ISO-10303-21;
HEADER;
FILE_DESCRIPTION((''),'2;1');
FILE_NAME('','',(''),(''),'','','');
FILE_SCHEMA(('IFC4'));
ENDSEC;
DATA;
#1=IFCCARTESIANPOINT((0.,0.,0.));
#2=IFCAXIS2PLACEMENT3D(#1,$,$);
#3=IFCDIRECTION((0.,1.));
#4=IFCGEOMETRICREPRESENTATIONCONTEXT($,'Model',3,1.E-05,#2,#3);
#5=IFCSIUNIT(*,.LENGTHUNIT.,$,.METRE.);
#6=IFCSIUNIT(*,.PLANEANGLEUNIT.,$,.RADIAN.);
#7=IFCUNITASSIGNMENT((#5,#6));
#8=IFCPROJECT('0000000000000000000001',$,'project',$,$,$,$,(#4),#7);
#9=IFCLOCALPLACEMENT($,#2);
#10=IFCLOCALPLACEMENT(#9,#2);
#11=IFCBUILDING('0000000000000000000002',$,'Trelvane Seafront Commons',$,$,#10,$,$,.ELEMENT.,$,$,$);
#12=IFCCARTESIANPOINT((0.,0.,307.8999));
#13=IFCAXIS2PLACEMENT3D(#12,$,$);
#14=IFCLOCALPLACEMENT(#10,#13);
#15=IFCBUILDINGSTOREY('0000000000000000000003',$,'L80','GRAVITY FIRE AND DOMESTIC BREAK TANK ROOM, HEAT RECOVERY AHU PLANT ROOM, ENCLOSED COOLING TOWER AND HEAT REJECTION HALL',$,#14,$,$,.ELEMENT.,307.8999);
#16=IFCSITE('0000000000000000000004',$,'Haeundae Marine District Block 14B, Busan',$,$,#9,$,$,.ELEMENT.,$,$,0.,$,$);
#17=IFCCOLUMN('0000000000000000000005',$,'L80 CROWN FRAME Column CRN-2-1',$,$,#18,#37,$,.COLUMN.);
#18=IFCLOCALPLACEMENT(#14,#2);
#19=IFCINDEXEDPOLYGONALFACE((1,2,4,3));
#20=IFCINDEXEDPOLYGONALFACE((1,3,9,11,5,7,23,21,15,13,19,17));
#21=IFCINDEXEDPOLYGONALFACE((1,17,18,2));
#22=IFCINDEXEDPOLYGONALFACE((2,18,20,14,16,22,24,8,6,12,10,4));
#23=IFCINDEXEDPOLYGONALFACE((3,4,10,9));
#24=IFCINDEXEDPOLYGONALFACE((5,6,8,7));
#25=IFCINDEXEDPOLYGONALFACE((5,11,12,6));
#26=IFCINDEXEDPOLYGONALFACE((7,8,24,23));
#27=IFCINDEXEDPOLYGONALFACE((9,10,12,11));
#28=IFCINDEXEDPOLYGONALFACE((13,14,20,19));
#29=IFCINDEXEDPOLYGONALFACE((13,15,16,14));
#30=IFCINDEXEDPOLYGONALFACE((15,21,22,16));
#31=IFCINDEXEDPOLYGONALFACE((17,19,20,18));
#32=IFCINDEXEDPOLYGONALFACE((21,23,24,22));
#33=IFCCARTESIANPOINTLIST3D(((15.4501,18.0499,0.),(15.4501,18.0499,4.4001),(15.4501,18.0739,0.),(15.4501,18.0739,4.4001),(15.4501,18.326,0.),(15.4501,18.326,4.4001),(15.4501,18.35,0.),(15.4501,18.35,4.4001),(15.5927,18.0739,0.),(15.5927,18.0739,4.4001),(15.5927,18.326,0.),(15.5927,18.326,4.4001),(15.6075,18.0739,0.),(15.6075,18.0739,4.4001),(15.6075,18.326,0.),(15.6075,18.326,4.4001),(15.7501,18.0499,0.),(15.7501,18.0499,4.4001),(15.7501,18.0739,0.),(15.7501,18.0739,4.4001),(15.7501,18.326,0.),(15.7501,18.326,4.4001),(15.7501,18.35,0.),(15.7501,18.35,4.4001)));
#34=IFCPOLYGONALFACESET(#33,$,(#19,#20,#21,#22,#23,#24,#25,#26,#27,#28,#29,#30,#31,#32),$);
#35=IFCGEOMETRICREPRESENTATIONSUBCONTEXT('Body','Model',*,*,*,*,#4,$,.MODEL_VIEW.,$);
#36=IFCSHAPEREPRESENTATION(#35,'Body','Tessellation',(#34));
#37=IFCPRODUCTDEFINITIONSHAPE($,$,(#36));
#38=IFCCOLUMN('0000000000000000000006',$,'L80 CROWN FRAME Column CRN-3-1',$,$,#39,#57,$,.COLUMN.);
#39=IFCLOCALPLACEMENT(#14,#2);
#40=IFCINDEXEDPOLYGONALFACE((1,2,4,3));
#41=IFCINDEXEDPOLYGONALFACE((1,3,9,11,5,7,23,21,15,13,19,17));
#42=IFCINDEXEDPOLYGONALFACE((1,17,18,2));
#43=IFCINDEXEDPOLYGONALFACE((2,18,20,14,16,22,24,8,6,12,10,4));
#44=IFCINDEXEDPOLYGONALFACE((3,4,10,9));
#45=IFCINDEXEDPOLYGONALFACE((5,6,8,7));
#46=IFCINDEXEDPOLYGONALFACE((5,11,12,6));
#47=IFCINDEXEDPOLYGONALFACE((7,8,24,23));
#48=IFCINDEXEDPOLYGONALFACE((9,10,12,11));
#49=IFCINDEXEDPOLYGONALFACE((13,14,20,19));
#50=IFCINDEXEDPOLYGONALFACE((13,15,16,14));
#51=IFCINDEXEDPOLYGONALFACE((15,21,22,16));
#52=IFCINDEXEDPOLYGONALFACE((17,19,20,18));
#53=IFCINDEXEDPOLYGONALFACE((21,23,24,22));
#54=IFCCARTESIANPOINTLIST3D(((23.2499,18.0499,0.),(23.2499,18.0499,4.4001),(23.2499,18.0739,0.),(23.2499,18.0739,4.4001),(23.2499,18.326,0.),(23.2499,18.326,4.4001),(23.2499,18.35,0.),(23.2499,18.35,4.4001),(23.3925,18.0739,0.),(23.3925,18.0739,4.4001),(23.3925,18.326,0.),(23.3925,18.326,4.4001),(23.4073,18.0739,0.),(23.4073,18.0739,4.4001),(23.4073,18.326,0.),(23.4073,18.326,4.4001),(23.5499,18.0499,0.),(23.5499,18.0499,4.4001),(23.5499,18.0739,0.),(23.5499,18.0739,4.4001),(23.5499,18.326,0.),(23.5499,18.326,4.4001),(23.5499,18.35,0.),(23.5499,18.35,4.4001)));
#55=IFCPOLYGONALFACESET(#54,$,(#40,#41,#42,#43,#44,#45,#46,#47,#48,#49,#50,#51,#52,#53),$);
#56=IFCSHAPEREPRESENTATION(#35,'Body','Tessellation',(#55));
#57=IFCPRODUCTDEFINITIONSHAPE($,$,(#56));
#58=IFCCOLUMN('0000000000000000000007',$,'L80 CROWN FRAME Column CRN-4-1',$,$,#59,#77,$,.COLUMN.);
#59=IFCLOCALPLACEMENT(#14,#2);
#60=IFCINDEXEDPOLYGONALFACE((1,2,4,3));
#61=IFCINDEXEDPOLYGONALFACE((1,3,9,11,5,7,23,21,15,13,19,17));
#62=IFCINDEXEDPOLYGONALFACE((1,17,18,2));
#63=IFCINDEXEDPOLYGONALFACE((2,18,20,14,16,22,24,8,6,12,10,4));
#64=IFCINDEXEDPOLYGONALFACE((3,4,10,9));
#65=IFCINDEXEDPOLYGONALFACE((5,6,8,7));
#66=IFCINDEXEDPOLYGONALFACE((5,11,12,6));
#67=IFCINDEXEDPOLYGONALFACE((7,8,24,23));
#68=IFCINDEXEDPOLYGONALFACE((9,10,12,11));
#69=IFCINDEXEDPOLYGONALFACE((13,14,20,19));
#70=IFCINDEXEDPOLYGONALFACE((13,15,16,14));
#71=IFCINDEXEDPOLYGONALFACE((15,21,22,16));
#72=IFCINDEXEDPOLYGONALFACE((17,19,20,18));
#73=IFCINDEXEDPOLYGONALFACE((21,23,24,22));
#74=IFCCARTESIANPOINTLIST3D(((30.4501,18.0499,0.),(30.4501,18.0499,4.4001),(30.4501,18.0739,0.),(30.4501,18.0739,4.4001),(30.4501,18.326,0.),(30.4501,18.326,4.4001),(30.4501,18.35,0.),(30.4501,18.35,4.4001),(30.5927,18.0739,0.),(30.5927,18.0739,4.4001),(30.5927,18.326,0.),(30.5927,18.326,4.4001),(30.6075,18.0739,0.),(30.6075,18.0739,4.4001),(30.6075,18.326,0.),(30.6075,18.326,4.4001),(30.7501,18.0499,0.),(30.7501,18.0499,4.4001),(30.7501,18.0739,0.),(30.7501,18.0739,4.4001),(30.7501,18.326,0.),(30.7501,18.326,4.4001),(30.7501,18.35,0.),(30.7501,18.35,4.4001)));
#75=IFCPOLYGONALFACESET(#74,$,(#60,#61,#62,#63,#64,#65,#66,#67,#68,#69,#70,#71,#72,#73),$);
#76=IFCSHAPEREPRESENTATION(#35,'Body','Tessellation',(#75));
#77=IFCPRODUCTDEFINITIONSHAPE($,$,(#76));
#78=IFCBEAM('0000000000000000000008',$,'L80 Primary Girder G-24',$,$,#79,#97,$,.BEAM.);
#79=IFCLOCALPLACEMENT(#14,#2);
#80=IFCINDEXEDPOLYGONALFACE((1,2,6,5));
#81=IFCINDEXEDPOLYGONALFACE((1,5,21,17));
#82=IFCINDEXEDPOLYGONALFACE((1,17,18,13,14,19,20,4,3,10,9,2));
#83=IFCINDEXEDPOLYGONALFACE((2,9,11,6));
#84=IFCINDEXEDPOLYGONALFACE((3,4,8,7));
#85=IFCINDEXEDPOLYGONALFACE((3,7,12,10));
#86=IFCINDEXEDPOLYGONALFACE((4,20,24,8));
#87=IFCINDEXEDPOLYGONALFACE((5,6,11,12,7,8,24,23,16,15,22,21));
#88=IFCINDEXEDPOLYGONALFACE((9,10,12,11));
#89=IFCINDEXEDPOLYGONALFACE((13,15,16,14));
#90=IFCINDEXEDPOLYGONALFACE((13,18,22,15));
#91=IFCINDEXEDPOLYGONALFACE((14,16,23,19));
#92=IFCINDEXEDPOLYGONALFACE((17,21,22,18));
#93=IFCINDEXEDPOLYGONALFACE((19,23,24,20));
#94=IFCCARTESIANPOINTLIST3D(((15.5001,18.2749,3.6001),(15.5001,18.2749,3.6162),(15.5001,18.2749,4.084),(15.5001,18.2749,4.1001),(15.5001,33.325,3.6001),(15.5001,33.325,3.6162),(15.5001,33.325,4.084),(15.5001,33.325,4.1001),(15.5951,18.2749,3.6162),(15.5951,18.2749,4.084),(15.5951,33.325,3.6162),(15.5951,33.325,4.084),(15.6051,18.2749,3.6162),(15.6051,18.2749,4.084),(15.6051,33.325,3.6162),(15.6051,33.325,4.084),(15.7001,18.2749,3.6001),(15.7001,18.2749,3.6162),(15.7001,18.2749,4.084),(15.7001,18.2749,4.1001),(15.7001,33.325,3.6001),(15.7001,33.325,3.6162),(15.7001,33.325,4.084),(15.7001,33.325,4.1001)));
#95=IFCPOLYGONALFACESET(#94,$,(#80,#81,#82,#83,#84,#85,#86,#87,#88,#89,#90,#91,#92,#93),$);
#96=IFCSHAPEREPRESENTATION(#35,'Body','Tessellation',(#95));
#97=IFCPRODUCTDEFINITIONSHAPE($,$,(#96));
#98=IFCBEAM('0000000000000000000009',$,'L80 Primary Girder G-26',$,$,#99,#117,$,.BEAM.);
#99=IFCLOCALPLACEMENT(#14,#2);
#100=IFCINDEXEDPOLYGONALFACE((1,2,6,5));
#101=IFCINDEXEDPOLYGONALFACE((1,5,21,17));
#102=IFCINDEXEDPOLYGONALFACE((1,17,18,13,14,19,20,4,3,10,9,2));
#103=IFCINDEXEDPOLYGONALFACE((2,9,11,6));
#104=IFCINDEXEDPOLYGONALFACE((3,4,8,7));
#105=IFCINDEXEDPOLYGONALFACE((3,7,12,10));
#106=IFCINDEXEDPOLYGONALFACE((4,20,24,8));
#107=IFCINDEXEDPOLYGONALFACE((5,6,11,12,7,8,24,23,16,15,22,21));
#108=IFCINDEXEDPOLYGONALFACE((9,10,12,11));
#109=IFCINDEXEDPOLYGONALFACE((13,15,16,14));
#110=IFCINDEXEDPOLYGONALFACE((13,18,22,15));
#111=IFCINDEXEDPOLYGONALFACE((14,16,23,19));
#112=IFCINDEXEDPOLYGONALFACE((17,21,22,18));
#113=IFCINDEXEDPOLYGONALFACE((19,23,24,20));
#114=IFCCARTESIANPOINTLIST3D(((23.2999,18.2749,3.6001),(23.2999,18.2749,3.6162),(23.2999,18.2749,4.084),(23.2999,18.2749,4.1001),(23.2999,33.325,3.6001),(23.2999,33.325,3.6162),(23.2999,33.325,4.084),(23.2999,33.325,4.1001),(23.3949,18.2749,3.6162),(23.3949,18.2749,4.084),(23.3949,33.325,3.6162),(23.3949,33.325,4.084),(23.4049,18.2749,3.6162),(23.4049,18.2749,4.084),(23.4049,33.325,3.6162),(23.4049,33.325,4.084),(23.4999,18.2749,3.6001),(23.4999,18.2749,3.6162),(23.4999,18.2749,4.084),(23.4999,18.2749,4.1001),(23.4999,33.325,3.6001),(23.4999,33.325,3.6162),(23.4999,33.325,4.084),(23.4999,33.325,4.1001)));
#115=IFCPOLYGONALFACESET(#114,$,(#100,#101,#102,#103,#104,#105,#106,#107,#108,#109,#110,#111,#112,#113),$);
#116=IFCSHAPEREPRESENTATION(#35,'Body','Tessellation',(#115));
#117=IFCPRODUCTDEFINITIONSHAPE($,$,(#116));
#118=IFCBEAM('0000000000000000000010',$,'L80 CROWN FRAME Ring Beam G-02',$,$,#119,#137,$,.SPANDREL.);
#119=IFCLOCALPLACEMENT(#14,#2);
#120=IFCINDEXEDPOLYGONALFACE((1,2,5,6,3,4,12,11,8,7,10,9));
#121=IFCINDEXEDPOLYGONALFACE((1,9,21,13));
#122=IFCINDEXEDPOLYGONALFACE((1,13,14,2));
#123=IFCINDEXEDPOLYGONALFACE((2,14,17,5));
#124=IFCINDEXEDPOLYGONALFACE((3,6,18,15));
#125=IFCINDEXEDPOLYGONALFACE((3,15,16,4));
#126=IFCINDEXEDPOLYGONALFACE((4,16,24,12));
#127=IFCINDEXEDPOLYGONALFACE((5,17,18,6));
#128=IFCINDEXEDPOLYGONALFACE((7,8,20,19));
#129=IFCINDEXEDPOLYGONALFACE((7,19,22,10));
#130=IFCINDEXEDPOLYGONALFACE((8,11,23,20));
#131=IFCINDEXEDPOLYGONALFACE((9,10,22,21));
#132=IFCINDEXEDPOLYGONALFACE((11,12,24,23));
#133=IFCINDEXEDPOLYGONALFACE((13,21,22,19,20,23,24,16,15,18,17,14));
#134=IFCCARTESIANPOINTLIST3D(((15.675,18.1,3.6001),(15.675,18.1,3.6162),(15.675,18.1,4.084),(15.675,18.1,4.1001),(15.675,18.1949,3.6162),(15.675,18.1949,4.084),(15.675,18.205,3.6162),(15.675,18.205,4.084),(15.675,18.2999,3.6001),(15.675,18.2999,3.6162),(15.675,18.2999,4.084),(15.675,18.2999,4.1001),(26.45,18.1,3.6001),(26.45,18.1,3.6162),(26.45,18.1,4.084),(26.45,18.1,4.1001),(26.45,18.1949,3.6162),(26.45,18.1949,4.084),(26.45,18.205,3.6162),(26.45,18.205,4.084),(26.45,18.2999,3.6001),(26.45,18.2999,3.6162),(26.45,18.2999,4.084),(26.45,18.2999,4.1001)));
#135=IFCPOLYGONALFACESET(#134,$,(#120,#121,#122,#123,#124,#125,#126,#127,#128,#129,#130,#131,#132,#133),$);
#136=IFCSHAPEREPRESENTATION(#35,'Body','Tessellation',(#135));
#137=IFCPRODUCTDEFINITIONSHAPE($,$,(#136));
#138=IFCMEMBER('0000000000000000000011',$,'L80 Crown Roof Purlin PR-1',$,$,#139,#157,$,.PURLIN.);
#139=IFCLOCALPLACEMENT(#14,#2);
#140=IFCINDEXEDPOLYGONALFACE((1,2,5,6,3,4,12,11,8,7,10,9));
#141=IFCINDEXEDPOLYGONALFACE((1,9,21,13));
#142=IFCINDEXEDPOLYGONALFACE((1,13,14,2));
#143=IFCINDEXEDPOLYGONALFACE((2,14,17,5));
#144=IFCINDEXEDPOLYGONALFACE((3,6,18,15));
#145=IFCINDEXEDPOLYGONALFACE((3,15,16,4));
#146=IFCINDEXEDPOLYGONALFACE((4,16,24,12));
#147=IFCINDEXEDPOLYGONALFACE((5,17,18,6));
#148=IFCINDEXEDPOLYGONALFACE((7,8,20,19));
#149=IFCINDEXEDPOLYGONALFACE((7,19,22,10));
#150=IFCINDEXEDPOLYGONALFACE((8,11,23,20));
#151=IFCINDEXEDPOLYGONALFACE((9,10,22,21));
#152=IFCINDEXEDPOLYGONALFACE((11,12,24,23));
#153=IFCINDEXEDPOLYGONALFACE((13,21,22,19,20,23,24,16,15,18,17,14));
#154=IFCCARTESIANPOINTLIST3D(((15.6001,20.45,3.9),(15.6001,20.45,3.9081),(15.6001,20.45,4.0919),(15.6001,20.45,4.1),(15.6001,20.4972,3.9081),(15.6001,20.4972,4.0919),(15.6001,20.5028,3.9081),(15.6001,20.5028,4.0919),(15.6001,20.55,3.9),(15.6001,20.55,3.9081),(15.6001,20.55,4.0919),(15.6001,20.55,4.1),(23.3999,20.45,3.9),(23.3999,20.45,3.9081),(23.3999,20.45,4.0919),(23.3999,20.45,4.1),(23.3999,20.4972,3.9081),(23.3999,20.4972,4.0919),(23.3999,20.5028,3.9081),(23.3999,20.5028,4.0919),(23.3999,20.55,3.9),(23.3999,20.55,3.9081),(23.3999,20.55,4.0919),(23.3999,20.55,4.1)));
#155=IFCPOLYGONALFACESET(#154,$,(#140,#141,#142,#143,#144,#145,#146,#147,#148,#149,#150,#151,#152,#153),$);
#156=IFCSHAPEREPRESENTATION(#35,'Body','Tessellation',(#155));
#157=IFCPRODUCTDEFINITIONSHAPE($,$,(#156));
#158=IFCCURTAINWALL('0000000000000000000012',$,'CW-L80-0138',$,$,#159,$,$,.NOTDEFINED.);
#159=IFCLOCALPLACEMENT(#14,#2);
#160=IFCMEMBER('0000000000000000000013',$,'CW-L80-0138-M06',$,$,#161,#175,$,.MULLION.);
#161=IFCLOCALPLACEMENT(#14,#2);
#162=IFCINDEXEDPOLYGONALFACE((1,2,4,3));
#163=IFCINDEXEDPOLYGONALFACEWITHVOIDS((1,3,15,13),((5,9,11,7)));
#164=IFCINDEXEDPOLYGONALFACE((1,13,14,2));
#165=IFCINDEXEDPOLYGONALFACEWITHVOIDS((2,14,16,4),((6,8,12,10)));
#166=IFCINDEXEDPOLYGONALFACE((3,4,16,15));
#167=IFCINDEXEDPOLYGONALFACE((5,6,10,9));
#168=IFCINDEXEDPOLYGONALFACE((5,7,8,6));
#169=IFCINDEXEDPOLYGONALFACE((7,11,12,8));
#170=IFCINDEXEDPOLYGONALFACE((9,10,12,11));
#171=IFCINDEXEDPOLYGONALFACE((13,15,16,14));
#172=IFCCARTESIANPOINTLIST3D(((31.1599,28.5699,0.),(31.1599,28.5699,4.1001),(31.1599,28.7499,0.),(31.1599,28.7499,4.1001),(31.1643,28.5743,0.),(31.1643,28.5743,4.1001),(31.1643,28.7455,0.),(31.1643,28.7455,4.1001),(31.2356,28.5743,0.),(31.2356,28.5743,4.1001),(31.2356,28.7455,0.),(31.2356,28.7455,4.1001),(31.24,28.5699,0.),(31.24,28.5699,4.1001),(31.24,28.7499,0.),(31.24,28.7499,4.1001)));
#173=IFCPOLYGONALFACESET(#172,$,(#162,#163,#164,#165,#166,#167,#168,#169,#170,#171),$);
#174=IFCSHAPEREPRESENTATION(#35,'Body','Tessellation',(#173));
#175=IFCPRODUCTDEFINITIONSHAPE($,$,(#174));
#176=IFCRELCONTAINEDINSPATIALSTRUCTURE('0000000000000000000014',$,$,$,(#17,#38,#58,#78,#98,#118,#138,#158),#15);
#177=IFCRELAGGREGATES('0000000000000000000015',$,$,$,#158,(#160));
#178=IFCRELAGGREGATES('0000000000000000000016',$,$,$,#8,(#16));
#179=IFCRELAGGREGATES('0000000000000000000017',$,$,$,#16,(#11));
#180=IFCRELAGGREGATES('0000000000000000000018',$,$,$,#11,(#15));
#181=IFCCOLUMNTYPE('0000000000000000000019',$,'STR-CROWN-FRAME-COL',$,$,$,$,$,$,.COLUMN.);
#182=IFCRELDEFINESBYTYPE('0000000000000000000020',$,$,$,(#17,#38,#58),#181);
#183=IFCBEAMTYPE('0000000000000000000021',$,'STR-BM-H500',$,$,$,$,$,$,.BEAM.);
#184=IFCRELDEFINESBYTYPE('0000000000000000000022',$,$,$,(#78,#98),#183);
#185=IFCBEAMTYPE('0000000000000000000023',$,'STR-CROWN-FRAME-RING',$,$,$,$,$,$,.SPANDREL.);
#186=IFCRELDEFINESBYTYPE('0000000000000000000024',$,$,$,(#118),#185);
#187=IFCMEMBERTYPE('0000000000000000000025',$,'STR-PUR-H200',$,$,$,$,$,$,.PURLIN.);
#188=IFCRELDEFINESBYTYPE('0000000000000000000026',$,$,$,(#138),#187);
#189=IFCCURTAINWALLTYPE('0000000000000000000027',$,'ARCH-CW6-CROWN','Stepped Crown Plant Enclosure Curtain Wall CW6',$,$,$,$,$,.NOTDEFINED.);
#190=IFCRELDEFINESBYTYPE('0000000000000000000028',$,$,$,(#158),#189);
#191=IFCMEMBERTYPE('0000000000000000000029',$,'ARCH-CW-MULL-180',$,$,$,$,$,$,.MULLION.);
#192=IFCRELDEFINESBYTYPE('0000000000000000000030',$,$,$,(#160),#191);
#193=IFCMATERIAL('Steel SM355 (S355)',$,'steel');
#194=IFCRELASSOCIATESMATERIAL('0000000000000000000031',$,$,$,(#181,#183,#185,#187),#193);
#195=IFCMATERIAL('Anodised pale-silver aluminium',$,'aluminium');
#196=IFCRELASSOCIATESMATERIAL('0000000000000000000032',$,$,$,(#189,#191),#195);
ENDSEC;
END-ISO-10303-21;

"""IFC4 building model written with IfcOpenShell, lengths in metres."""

from ifc_helpers import new_model, si_unit, direction, frame, origin, origin_2d, place, context, subcontext, project, spatial, hollow_rectangle, i_section, extrude, source, transform, mapped, material, material_profile, profile_set, type_object, element, aggregate, save


model = new_model("IFC4")

# Units and contexts
model_context = context("Model", 3, precision=1e-05, world=origin(), true_north=direction((0.0, 1.0)))
body_context = subcontext(model_context, "Body", "Model", "MODEL_VIEW")
ifc_project = project(units=[si_unit("LENGTHUNIT", "METRE"), si_unit("PLANEANGLEUNIT", "RADIAN")], contexts=[model_context])

# Site, building, storey
site_placement = place(None, origin())
site = spatial("IfcSite", under=ifc_project, at=site_placement, Name="Haeundae Marine District Block 14B, Busan", CompositionType="ELEMENT", RefElevation=0.0)
building_placement = place(site_placement, origin())
building = spatial("IfcBuilding", under=site, at=building_placement, Name="Trelvane Seafront Commons", CompositionType="ELEMENT")
storey_placement = place(building_placement, frame((0.0, 0.0, 307.8999)))
storey = spatial("IfcBuildingStorey", under=building, at=storey_placement, Name="L80", Description="GRAVITY FIRE AND DOMESTIC BREAK TANK ROOM, HEAT RECOVERY AHU PLANT ROOM, ENCLOSED COOLING TOWER AND HEAT REJECTION HALL", CompositionType="ELEMENT", Elevation=307.8999)

# Columns
ifc_material_1 = material(Name="Steel SM355 (S355)", Category="steel")
ifc_material_profile_1 = material_profile(ifc_material_1, i_section(OverallWidth=0.3, OverallDepth=0.3, WebThickness=0.0149, FlangeThickness=0.0239, at=origin_2d()), Name="HD-300x300x15x24")
ifc_profile_set_1 = profile_set([ifc_material_profile_1], Name="Steel SM355 (S355)")
column_type = type_object("IfcColumnType", Name="STR-CROWN-FRAME-COL", PredefinedType="COLUMN", material=ifc_profile_set_1)
shared_shape_1 = source(origin(), body_context, "Body", "SweptSolid", [
    extrude(i_section(OverallWidth=0.3, OverallDepth=0.3, WebThickness=0.0149, FlangeThickness=0.0239, at=origin_2d()), origin(), (0.0, 0.0, 1.0), 4.4001),
])
for number, where, z_axis, x_axis, name in (
    (1, (15.6001, 18.2, 0.0), (0.0, 0.0, 1.0), (1.0, 0.0, 0.0), "L80 CROWN FRAME Column CRN-2-1"),
    (2, (23.3999, 18.2, 0.0), (0.0, 0.0, 1.0), (1.0, 0.0, 0.0), "L80 CROWN FRAME Column CRN-3-1"),
    (3, (30.6001, 18.2, 0.0), (0.0, 0.0, 1.0), (1.0, 0.0, 0.0), "L80 CROWN FRAME Column CRN-4-1"),
):
    element("IfcColumn", number, at=place(storey_placement, frame(where, z_axis=z_axis, x_axis=x_axis)), inside=storey, type_object=column_type, Name=name, PredefinedType="COLUMN", context=body_context, shape_type="MappedRepresentation", body=[
        mapped(shared_shape_1, transform((0.0, 0.0, 0.0), x_axis=(1.0, 0.0, 0.0), y_axis=(0.0, 1.0, 0.0), z_axis=(0.0, 0.0, 1.0), scale=1.0)),
    ])

# Beams
ifc_material_profile_2 = material_profile(ifc_material_1, i_section(OverallWidth=0.2, OverallDepth=0.5, WebThickness=0.01, FlangeThickness=0.0161, at=origin_2d()), Name="H-500x200x10x16")
ifc_profile_set_2 = profile_set([ifc_material_profile_2], Name="Steel SM355 (S355)")
beam_type_1 = type_object("IfcBeamType", Name="STR-BM-H500", PredefinedType="BEAM", material=ifc_profile_set_2)
shared_shape_2 = source(origin(), body_context, "Body", "SweptSolid", [
    extrude(i_section(OverallWidth=0.2, OverallDepth=0.5, WebThickness=0.01, FlangeThickness=0.0161, at=origin_2d()), origin(), (0.0, 0.0, 1.0), 15.05),
])
for number, where, z_axis, x_axis, name in (
    (4, (15.6001, 18.2749, 3.8501), (0.0, 1.0, 0.0), (-1.0, 0.0, 0.0), "L80 Primary Girder G-24"),
    (5, (23.3999, 18.2749, 3.8501), (0.0, 1.0, 0.0), (-1.0, 0.0, 0.0), "L80 Primary Girder G-26"),
):
    element("IfcBeam", number, at=place(storey_placement, frame(where, z_axis=z_axis, x_axis=x_axis)), inside=storey, type_object=beam_type_1, Name=name, PredefinedType="BEAM", context=body_context, shape_type="MappedRepresentation", body=[
        mapped(shared_shape_2, transform((0.0, 0.0, 0.0), x_axis=(1.0, 0.0, 0.0), y_axis=(0.0, 1.0, 0.0), z_axis=(0.0, 0.0, 1.0), scale=1.0)),
    ])
ifc_material_profile_3 = material_profile(ifc_material_1, i_section(OverallWidth=0.2, OverallDepth=0.5, WebThickness=0.01, FlangeThickness=0.0161, at=origin_2d()), Name="H-500x200x10x16")
ifc_profile_set_3 = profile_set([ifc_material_profile_3], Name="Steel SM355 (S355)")
beam_type_2 = type_object("IfcBeamType", Name="STR-CROWN-FRAME-RING", PredefinedType="SPANDREL", material=ifc_profile_set_3)
shared_shape_3 = source(origin(), body_context, "Body", "SweptSolid", [
    extrude(i_section(OverallWidth=0.2, OverallDepth=0.5, WebThickness=0.01, FlangeThickness=0.0161, at=origin_2d()), origin(), (0.0, 0.0, 1.0), 10.7749),
])
beam_placement = place(storey_placement, frame((15.675, 18.2, 3.8501), z_axis=(1.0, 0.0, 0.0), x_axis=(0.0, 1.0, 0.0)))
element("IfcBeam", 6, at=beam_placement, inside=storey, type_object=beam_type_2, Name="L80 CROWN FRAME Ring Beam G-02", PredefinedType="SPANDREL", context=body_context, shape_type="MappedRepresentation", body=[
    mapped(shared_shape_3, transform((0.0, 0.0, 0.0), x_axis=(1.0, 0.0, 0.0), y_axis=(0.0, 1.0, 0.0), z_axis=(0.0, 0.0, 1.0), scale=1.0)),
])

# Member
ifc_material_profile_4 = material_profile(ifc_material_1, i_section(OverallWidth=0.1001, OverallDepth=0.2, WebThickness=0.0056, FlangeThickness=0.0081, at=origin_2d()), Name="H-200x100x5.5x8")
ifc_profile_set_4 = profile_set([ifc_material_profile_4], Name="Steel SM355 (S355)")
member_type_1 = type_object("IfcMemberType", Name="STR-PUR-H200", PredefinedType="PURLIN", material=ifc_profile_set_4)
shared_shape_4 = source(origin(), body_context, "Body", "SweptSolid", [
    extrude(i_section(OverallWidth=0.1001, OverallDepth=0.2, WebThickness=0.0056, FlangeThickness=0.0081, at=origin_2d()), origin(), (0.0, 0.0, 1.0), 7.7998),
])
member_1_placement = place(storey_placement, frame((15.6001, 20.5, 4.0), z_axis=(1.0, 0.0, 0.0), x_axis=(0.0, 1.0, 0.0)))
element("IfcMember", 7, at=member_1_placement, inside=storey, type_object=member_type_1, Name="L80 Crown Roof Purlin PR-1", PredefinedType="PURLIN", context=body_context, shape_type="MappedRepresentation", body=[
    mapped(shared_shape_4, transform((0.0, 0.0, 0.0), x_axis=(1.0, 0.0, 0.0), y_axis=(0.0, 1.0, 0.0), z_axis=(0.0, 0.0, 1.0), scale=1.0)),
])

# Curtain wall, member
ifc_material_2 = material(Name="Anodised pale-silver aluminium", Category="aluminium")
curtain_wall_type = type_object("IfcCurtainWallType", Name="ARCH-CW6-CROWN", Description="Stepped Crown Plant Enclosure Curtain Wall CW6", PredefinedType="NOTDEFINED", material=ifc_material_2)
curtain_wall_placement = place(storey_placement, origin())
curtain_wall = element("IfcCurtainWall", 8, at=curtain_wall_placement, inside=storey, type_object=curtain_wall_type, Name="CW-L80-0138", PredefinedType="NOTDEFINED")
ifc_material_profile_5 = material_profile(ifc_material_2, hollow_rectangle(XDim=0.0801, YDim=0.1799, WallThickness=0.0044, at=origin_2d()), Name="MULL-80x180x4.5")
ifc_profile_set_5 = profile_set([ifc_material_profile_5], Name="Anodised pale-silver aluminium")
member_type_2 = type_object("IfcMemberType", Name="ARCH-CW-MULL-180", PredefinedType="MULLION", material=ifc_profile_set_5)
shared_shape_5 = source(origin(), body_context, "Body", "SweptSolid", [
    extrude(hollow_rectangle(XDim=0.0801, YDim=0.1799, WallThickness=0.0044, at=origin_2d()), origin(), (0.0, 0.0, 1.0), 4.1001),
])
member_2_placement = place(storey_placement, frame((31.2, 28.6599, 0.0), z_axis=(0.0, 0.0, 1.0), x_axis=(1.0, 0.0, 0.0)))
member_2 = element("IfcMember", 9, at=member_2_placement, type_object=member_type_2, Name="CW-L80-0138-M06", PredefinedType="MULLION", context=body_context, shape_type="MappedRepresentation", body=[
    mapped(shared_shape_5, transform((0.0, 0.0, 0.0), x_axis=(1.0, 0.0, 0.0), y_axis=(0.0, 1.0, 0.0), z_axis=(0.0, 0.0, 1.0), scale=1.0)),
])
aggregate(curtain_wall, [member_2])

save(model, "model.ifc")
